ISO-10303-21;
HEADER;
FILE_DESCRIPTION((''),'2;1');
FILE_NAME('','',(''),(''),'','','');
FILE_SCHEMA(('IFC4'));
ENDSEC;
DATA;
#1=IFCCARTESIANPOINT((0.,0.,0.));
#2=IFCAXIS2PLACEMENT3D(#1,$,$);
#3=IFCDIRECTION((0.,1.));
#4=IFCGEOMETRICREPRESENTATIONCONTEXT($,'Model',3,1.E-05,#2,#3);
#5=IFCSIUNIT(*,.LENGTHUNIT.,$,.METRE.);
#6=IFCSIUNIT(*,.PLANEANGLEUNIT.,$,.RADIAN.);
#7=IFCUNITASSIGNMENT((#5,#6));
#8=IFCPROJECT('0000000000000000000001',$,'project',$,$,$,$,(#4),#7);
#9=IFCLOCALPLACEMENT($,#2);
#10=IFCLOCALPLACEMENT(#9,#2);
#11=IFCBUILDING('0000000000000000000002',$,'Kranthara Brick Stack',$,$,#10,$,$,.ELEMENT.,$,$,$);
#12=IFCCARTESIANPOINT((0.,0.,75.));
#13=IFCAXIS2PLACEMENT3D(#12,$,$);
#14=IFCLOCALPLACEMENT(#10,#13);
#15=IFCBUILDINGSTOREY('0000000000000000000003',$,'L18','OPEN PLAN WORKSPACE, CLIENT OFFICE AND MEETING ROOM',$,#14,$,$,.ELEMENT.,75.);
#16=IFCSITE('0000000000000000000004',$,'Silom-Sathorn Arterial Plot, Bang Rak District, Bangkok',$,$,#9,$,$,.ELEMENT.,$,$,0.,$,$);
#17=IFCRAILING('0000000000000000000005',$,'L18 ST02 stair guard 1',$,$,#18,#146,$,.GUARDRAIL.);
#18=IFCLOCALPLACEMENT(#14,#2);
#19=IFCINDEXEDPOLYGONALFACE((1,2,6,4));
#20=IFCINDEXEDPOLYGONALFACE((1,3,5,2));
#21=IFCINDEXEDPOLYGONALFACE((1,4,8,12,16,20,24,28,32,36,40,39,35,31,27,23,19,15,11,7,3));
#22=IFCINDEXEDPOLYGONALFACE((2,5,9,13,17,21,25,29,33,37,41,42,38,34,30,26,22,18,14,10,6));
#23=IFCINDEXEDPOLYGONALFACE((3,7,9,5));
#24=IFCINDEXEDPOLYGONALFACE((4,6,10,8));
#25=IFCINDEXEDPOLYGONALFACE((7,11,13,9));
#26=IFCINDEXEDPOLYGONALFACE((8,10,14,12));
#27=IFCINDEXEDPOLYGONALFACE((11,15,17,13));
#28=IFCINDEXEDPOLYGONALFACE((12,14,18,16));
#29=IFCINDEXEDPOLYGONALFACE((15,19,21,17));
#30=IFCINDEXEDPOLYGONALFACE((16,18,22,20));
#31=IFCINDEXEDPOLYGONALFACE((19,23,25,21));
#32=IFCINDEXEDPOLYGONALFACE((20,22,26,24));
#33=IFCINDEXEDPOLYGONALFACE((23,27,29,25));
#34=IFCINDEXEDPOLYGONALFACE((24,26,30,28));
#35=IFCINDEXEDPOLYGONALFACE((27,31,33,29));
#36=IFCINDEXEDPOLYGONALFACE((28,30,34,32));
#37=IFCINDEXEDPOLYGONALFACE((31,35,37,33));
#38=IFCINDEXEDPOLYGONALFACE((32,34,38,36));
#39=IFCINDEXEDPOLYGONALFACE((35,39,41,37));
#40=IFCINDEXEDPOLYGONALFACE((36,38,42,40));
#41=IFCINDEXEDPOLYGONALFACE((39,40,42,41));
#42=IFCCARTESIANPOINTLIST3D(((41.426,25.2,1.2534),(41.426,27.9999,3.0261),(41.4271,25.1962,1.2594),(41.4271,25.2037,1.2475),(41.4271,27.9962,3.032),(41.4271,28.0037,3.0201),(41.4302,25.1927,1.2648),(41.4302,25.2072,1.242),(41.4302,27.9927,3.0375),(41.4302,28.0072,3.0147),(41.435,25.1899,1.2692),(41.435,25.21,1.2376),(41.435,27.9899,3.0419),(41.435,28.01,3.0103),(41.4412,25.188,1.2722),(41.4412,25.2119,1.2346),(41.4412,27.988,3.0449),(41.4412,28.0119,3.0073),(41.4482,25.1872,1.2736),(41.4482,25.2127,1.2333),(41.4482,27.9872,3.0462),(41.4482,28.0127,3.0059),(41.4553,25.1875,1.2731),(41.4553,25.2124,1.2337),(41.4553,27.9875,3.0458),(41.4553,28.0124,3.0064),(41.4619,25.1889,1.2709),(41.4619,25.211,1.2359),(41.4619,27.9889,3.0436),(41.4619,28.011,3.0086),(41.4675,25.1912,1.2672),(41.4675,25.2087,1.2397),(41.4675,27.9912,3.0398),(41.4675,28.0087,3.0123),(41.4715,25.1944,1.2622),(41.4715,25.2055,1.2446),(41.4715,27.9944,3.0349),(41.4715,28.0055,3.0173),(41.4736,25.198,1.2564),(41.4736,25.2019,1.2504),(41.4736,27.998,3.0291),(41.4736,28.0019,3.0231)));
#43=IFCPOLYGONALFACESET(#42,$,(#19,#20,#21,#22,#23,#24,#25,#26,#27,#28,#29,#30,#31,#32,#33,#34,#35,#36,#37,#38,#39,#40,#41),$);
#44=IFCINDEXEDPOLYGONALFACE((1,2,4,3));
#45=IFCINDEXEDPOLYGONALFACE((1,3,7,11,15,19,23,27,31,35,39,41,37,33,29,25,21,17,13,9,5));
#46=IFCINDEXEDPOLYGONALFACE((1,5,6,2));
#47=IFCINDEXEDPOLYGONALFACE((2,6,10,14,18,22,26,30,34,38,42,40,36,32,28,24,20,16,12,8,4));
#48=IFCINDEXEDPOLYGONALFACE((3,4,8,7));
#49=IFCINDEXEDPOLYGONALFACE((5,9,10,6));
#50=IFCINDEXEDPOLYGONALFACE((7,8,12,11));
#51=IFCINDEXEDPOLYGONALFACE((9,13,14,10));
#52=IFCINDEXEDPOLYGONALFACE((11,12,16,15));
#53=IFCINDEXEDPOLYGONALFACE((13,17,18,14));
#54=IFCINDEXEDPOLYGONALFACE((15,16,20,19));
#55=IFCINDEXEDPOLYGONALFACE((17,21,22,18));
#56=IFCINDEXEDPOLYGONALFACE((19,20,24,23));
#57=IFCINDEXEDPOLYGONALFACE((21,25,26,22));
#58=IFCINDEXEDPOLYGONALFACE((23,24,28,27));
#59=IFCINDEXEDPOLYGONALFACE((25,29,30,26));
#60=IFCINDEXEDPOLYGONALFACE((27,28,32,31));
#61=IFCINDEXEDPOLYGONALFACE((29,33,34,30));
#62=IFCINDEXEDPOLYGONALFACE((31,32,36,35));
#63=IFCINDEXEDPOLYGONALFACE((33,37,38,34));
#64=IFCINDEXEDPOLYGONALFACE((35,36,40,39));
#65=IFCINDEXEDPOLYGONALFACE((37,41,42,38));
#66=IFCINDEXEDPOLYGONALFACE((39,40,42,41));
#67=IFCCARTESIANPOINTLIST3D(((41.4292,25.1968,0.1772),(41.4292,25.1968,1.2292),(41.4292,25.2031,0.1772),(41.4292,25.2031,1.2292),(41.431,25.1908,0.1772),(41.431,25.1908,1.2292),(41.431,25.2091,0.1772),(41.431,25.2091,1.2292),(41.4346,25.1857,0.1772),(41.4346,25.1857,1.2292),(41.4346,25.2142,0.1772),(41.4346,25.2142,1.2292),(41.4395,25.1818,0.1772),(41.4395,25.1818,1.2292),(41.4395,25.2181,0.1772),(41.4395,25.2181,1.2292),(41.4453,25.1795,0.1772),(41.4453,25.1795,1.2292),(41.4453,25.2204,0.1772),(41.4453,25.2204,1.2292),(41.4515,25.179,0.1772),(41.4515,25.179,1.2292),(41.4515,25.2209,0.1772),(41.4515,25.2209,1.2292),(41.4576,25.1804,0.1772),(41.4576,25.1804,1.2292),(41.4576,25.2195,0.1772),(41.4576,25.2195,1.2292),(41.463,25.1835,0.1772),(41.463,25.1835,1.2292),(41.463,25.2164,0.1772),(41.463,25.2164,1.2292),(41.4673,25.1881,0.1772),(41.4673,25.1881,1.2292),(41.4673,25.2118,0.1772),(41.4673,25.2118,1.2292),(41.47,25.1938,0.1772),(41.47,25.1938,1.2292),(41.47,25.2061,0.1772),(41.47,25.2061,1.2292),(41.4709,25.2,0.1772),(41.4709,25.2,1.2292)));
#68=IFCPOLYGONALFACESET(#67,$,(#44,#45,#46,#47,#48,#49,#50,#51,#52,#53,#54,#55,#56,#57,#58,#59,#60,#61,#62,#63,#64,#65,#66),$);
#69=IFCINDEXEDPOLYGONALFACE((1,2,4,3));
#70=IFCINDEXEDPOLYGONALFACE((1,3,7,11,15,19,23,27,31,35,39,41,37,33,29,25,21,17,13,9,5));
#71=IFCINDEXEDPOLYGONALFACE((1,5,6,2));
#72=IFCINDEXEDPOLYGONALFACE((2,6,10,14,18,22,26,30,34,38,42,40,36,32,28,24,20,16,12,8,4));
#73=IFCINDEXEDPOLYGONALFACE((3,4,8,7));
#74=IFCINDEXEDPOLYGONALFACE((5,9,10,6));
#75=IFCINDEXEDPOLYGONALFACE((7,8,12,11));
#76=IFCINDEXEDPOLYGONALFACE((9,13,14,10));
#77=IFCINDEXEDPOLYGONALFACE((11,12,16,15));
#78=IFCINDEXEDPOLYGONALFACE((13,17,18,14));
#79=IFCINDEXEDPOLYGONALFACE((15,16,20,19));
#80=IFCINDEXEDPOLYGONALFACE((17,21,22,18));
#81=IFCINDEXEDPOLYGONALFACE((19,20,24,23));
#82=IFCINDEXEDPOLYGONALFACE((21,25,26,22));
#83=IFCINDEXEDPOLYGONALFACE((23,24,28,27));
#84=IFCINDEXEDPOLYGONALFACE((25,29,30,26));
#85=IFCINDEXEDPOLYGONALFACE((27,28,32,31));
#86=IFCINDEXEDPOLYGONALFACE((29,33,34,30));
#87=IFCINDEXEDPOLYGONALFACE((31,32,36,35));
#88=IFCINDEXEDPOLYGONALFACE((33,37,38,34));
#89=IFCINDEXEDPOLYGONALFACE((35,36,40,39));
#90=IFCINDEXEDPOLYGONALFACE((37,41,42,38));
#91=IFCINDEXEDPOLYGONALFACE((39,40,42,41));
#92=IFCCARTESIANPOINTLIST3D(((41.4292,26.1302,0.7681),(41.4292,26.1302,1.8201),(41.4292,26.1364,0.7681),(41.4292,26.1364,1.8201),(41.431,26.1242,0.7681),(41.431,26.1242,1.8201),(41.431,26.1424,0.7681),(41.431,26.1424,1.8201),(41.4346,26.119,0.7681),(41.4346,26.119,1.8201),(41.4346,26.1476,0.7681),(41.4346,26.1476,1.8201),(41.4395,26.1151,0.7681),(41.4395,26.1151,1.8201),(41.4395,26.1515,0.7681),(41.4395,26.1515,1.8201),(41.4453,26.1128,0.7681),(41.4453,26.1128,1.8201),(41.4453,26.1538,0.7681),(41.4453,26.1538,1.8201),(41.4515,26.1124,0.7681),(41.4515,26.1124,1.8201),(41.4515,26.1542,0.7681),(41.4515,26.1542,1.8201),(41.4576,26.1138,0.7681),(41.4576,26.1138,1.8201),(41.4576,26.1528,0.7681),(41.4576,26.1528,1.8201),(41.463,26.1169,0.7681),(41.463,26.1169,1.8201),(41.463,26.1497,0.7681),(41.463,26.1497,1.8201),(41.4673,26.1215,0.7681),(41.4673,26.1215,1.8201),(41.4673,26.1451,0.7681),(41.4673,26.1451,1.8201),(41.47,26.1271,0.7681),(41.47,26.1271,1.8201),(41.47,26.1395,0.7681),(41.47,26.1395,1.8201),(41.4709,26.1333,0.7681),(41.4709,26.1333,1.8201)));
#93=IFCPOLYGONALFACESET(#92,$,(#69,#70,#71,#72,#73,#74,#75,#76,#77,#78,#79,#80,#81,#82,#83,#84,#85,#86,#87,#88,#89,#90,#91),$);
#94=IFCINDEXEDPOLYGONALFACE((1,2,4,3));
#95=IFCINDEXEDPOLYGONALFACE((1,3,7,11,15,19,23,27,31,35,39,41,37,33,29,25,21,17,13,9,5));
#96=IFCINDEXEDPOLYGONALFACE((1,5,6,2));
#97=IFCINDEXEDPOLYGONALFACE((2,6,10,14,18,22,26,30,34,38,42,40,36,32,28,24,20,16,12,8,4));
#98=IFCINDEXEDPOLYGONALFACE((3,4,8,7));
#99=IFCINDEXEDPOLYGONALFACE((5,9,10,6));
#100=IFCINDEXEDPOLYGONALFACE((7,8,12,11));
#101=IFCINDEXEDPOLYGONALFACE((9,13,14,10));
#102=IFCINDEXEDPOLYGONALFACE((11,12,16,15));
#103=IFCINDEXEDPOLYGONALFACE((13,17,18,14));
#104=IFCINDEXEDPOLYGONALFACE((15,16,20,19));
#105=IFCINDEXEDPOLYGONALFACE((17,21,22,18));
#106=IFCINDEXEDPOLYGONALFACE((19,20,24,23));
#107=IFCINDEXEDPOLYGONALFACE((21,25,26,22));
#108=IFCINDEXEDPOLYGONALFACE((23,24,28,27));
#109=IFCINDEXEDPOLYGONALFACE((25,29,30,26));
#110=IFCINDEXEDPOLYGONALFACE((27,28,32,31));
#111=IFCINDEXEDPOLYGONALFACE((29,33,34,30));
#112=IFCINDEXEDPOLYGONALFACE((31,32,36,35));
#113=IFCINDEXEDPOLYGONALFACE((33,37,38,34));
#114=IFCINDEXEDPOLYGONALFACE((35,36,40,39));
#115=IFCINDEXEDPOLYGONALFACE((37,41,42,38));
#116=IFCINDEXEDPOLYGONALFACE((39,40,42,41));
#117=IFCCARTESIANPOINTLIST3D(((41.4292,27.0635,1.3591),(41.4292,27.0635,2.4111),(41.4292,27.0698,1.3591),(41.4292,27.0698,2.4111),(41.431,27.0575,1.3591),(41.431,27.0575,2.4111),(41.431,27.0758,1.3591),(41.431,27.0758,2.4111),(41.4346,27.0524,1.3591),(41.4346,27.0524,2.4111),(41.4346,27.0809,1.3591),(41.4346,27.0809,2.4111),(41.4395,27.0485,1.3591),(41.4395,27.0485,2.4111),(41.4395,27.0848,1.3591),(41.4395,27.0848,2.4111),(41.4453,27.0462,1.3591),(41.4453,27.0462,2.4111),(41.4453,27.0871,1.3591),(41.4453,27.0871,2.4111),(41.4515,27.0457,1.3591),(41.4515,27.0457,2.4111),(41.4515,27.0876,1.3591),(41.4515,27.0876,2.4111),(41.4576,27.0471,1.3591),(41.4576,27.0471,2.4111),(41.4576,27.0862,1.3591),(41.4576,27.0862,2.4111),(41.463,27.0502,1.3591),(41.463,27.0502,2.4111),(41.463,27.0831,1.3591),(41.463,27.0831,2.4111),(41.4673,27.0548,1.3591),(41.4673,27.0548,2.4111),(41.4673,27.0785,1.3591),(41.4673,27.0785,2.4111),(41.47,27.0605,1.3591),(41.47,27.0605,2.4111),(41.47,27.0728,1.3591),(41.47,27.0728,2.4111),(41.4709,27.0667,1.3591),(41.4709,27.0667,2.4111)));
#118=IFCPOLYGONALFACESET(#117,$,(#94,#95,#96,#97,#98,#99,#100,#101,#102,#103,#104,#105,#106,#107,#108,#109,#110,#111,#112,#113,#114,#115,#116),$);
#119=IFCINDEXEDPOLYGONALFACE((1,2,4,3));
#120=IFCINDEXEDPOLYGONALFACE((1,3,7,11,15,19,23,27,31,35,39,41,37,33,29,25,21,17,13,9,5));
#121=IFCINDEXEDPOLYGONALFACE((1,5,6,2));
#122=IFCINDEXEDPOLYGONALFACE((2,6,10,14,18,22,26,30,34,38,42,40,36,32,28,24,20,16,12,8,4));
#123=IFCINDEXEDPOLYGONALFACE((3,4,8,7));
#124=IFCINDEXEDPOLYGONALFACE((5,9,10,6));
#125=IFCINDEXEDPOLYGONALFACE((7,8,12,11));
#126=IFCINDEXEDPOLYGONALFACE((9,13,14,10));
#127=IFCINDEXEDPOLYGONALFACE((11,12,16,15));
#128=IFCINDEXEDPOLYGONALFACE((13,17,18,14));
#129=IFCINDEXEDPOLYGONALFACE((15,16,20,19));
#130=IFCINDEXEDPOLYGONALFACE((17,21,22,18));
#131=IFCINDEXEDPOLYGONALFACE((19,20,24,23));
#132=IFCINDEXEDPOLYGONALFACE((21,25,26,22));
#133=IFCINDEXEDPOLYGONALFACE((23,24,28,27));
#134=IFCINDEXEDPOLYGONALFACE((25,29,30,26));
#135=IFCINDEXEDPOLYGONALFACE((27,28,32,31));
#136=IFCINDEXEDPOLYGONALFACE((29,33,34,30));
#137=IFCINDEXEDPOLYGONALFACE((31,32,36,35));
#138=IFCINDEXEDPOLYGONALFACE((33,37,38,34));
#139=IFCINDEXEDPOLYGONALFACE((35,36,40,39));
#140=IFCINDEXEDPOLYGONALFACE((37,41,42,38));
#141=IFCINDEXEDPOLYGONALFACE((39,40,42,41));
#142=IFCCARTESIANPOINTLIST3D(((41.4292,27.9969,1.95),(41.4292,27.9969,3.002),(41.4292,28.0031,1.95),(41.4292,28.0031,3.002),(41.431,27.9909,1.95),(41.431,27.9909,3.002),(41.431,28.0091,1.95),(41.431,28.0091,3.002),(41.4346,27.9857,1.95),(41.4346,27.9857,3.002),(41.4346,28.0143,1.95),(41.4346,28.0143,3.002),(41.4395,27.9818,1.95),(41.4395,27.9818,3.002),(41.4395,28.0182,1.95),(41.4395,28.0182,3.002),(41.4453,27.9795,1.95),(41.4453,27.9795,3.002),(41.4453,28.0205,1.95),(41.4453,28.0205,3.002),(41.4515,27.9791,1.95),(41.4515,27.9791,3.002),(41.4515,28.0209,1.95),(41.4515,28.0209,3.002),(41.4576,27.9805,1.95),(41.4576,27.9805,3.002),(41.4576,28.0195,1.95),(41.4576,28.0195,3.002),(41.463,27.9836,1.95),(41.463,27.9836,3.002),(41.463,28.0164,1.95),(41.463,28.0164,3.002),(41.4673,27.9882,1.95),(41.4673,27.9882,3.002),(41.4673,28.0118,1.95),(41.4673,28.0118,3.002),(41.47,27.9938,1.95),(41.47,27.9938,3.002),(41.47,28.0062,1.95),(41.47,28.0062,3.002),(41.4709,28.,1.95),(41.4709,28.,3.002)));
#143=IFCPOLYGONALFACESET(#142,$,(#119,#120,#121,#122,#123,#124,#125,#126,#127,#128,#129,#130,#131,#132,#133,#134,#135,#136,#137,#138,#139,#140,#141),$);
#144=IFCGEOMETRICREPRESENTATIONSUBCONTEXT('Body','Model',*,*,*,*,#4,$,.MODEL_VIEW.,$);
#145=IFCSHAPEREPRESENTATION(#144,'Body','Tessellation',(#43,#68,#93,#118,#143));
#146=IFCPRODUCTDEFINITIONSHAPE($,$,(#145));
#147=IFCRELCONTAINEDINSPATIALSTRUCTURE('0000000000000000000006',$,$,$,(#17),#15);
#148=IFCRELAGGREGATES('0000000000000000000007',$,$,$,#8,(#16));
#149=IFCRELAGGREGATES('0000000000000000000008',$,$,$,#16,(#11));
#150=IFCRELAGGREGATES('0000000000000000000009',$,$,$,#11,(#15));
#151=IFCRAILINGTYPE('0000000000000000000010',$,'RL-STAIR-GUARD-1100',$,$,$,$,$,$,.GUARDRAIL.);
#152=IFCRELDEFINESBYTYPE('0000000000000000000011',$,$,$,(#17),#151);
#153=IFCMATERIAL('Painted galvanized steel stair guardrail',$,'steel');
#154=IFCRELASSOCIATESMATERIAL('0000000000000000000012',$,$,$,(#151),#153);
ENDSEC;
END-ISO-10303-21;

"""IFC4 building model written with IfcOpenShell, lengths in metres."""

from ifc_helpers import new_model, si_unit, direction, frame, origin, origin_2d, place, context, subcontext, project, spatial, circle, extrude, material, type_object, element, save


model = new_model("IFC4")

# Units and contexts
model_context = context("Model", 3, precision=1e-05, world=origin(), true_north=direction((0.0, 1.0)))
body_context = subcontext(model_context, "Body", "Model", "MODEL_VIEW")
ifc_project = project(units=[si_unit("LENGTHUNIT", "METRE"), si_unit("PLANEANGLEUNIT", "RADIAN")], contexts=[model_context])

# Site, building, storey
site_placement = place(None, origin())
site = spatial("IfcSite", under=ifc_project, at=site_placement, Name="Silom-Sathorn Arterial Plot, Bang Rak District, Bangkok", CompositionType="ELEMENT", RefElevation=0.0)
building_placement = place(site_placement, origin())
building = spatial("IfcBuilding", under=site, at=building_placement, Name="Kranthara Brick Stack", CompositionType="ELEMENT")
storey_placement = place(building_placement, frame((0.0, 0.0, 75.0)))
storey = spatial("IfcBuildingStorey", under=building, at=storey_placement, Name="L18", Description="OPEN PLAN WORKSPACE, CLIENT OFFICE AND MEETING ROOM", CompositionType="ELEMENT", Elevation=75.0)

# Railing
ifc_material_1 = material(Name="Painted galvanized steel stair guardrail", Category="steel")
railing_type_1 = type_object("IfcRailingType", Name="RL-STAIR-GUARD-1100", PredefinedType="GUARDRAIL", material=ifc_material_1)
railing_1_placement = place(storey_placement, frame((41.45, 25.2, 0.1772)))
element("IfcRailing", 1, at=railing_1_placement, inside=storey, type_object=railing_type_1, Name="L18 ST02 stair guard 1", PredefinedType="GUARDRAIL", context=body_context, shape_type="SweptSolid", body=[
    extrude(circle(Radius=0.0239, at=origin_2d()), frame((0.0, 0.0, 1.0762), z_axis=(0.0, 0.844909, 0.53491), x_axis=(-1.0, 0.0, 0.0)), (0.0, 0.0, 1.0), 3.314),
    extrude(circle(Radius=0.021, at=origin_2d()), origin(), (0.0, 0.0, 1.0), 1.052),
    extrude(circle(Radius=0.021, at=origin_2d()), frame((0.0, 0.9333, 0.5908)), (0.0, 0.0, 1.0), 1.052),
    extrude(circle(Radius=0.021, at=origin_2d()), frame((0.0, 1.8667, 1.1819)), (0.0, 0.0, 1.0), 1.052),
    extrude(circle(Radius=0.021, at=origin_2d()), frame((0.0, 2.8, 1.7727)), (0.0, 0.0, 1.0), 1.052),
])

save(model, "model.ifc")
